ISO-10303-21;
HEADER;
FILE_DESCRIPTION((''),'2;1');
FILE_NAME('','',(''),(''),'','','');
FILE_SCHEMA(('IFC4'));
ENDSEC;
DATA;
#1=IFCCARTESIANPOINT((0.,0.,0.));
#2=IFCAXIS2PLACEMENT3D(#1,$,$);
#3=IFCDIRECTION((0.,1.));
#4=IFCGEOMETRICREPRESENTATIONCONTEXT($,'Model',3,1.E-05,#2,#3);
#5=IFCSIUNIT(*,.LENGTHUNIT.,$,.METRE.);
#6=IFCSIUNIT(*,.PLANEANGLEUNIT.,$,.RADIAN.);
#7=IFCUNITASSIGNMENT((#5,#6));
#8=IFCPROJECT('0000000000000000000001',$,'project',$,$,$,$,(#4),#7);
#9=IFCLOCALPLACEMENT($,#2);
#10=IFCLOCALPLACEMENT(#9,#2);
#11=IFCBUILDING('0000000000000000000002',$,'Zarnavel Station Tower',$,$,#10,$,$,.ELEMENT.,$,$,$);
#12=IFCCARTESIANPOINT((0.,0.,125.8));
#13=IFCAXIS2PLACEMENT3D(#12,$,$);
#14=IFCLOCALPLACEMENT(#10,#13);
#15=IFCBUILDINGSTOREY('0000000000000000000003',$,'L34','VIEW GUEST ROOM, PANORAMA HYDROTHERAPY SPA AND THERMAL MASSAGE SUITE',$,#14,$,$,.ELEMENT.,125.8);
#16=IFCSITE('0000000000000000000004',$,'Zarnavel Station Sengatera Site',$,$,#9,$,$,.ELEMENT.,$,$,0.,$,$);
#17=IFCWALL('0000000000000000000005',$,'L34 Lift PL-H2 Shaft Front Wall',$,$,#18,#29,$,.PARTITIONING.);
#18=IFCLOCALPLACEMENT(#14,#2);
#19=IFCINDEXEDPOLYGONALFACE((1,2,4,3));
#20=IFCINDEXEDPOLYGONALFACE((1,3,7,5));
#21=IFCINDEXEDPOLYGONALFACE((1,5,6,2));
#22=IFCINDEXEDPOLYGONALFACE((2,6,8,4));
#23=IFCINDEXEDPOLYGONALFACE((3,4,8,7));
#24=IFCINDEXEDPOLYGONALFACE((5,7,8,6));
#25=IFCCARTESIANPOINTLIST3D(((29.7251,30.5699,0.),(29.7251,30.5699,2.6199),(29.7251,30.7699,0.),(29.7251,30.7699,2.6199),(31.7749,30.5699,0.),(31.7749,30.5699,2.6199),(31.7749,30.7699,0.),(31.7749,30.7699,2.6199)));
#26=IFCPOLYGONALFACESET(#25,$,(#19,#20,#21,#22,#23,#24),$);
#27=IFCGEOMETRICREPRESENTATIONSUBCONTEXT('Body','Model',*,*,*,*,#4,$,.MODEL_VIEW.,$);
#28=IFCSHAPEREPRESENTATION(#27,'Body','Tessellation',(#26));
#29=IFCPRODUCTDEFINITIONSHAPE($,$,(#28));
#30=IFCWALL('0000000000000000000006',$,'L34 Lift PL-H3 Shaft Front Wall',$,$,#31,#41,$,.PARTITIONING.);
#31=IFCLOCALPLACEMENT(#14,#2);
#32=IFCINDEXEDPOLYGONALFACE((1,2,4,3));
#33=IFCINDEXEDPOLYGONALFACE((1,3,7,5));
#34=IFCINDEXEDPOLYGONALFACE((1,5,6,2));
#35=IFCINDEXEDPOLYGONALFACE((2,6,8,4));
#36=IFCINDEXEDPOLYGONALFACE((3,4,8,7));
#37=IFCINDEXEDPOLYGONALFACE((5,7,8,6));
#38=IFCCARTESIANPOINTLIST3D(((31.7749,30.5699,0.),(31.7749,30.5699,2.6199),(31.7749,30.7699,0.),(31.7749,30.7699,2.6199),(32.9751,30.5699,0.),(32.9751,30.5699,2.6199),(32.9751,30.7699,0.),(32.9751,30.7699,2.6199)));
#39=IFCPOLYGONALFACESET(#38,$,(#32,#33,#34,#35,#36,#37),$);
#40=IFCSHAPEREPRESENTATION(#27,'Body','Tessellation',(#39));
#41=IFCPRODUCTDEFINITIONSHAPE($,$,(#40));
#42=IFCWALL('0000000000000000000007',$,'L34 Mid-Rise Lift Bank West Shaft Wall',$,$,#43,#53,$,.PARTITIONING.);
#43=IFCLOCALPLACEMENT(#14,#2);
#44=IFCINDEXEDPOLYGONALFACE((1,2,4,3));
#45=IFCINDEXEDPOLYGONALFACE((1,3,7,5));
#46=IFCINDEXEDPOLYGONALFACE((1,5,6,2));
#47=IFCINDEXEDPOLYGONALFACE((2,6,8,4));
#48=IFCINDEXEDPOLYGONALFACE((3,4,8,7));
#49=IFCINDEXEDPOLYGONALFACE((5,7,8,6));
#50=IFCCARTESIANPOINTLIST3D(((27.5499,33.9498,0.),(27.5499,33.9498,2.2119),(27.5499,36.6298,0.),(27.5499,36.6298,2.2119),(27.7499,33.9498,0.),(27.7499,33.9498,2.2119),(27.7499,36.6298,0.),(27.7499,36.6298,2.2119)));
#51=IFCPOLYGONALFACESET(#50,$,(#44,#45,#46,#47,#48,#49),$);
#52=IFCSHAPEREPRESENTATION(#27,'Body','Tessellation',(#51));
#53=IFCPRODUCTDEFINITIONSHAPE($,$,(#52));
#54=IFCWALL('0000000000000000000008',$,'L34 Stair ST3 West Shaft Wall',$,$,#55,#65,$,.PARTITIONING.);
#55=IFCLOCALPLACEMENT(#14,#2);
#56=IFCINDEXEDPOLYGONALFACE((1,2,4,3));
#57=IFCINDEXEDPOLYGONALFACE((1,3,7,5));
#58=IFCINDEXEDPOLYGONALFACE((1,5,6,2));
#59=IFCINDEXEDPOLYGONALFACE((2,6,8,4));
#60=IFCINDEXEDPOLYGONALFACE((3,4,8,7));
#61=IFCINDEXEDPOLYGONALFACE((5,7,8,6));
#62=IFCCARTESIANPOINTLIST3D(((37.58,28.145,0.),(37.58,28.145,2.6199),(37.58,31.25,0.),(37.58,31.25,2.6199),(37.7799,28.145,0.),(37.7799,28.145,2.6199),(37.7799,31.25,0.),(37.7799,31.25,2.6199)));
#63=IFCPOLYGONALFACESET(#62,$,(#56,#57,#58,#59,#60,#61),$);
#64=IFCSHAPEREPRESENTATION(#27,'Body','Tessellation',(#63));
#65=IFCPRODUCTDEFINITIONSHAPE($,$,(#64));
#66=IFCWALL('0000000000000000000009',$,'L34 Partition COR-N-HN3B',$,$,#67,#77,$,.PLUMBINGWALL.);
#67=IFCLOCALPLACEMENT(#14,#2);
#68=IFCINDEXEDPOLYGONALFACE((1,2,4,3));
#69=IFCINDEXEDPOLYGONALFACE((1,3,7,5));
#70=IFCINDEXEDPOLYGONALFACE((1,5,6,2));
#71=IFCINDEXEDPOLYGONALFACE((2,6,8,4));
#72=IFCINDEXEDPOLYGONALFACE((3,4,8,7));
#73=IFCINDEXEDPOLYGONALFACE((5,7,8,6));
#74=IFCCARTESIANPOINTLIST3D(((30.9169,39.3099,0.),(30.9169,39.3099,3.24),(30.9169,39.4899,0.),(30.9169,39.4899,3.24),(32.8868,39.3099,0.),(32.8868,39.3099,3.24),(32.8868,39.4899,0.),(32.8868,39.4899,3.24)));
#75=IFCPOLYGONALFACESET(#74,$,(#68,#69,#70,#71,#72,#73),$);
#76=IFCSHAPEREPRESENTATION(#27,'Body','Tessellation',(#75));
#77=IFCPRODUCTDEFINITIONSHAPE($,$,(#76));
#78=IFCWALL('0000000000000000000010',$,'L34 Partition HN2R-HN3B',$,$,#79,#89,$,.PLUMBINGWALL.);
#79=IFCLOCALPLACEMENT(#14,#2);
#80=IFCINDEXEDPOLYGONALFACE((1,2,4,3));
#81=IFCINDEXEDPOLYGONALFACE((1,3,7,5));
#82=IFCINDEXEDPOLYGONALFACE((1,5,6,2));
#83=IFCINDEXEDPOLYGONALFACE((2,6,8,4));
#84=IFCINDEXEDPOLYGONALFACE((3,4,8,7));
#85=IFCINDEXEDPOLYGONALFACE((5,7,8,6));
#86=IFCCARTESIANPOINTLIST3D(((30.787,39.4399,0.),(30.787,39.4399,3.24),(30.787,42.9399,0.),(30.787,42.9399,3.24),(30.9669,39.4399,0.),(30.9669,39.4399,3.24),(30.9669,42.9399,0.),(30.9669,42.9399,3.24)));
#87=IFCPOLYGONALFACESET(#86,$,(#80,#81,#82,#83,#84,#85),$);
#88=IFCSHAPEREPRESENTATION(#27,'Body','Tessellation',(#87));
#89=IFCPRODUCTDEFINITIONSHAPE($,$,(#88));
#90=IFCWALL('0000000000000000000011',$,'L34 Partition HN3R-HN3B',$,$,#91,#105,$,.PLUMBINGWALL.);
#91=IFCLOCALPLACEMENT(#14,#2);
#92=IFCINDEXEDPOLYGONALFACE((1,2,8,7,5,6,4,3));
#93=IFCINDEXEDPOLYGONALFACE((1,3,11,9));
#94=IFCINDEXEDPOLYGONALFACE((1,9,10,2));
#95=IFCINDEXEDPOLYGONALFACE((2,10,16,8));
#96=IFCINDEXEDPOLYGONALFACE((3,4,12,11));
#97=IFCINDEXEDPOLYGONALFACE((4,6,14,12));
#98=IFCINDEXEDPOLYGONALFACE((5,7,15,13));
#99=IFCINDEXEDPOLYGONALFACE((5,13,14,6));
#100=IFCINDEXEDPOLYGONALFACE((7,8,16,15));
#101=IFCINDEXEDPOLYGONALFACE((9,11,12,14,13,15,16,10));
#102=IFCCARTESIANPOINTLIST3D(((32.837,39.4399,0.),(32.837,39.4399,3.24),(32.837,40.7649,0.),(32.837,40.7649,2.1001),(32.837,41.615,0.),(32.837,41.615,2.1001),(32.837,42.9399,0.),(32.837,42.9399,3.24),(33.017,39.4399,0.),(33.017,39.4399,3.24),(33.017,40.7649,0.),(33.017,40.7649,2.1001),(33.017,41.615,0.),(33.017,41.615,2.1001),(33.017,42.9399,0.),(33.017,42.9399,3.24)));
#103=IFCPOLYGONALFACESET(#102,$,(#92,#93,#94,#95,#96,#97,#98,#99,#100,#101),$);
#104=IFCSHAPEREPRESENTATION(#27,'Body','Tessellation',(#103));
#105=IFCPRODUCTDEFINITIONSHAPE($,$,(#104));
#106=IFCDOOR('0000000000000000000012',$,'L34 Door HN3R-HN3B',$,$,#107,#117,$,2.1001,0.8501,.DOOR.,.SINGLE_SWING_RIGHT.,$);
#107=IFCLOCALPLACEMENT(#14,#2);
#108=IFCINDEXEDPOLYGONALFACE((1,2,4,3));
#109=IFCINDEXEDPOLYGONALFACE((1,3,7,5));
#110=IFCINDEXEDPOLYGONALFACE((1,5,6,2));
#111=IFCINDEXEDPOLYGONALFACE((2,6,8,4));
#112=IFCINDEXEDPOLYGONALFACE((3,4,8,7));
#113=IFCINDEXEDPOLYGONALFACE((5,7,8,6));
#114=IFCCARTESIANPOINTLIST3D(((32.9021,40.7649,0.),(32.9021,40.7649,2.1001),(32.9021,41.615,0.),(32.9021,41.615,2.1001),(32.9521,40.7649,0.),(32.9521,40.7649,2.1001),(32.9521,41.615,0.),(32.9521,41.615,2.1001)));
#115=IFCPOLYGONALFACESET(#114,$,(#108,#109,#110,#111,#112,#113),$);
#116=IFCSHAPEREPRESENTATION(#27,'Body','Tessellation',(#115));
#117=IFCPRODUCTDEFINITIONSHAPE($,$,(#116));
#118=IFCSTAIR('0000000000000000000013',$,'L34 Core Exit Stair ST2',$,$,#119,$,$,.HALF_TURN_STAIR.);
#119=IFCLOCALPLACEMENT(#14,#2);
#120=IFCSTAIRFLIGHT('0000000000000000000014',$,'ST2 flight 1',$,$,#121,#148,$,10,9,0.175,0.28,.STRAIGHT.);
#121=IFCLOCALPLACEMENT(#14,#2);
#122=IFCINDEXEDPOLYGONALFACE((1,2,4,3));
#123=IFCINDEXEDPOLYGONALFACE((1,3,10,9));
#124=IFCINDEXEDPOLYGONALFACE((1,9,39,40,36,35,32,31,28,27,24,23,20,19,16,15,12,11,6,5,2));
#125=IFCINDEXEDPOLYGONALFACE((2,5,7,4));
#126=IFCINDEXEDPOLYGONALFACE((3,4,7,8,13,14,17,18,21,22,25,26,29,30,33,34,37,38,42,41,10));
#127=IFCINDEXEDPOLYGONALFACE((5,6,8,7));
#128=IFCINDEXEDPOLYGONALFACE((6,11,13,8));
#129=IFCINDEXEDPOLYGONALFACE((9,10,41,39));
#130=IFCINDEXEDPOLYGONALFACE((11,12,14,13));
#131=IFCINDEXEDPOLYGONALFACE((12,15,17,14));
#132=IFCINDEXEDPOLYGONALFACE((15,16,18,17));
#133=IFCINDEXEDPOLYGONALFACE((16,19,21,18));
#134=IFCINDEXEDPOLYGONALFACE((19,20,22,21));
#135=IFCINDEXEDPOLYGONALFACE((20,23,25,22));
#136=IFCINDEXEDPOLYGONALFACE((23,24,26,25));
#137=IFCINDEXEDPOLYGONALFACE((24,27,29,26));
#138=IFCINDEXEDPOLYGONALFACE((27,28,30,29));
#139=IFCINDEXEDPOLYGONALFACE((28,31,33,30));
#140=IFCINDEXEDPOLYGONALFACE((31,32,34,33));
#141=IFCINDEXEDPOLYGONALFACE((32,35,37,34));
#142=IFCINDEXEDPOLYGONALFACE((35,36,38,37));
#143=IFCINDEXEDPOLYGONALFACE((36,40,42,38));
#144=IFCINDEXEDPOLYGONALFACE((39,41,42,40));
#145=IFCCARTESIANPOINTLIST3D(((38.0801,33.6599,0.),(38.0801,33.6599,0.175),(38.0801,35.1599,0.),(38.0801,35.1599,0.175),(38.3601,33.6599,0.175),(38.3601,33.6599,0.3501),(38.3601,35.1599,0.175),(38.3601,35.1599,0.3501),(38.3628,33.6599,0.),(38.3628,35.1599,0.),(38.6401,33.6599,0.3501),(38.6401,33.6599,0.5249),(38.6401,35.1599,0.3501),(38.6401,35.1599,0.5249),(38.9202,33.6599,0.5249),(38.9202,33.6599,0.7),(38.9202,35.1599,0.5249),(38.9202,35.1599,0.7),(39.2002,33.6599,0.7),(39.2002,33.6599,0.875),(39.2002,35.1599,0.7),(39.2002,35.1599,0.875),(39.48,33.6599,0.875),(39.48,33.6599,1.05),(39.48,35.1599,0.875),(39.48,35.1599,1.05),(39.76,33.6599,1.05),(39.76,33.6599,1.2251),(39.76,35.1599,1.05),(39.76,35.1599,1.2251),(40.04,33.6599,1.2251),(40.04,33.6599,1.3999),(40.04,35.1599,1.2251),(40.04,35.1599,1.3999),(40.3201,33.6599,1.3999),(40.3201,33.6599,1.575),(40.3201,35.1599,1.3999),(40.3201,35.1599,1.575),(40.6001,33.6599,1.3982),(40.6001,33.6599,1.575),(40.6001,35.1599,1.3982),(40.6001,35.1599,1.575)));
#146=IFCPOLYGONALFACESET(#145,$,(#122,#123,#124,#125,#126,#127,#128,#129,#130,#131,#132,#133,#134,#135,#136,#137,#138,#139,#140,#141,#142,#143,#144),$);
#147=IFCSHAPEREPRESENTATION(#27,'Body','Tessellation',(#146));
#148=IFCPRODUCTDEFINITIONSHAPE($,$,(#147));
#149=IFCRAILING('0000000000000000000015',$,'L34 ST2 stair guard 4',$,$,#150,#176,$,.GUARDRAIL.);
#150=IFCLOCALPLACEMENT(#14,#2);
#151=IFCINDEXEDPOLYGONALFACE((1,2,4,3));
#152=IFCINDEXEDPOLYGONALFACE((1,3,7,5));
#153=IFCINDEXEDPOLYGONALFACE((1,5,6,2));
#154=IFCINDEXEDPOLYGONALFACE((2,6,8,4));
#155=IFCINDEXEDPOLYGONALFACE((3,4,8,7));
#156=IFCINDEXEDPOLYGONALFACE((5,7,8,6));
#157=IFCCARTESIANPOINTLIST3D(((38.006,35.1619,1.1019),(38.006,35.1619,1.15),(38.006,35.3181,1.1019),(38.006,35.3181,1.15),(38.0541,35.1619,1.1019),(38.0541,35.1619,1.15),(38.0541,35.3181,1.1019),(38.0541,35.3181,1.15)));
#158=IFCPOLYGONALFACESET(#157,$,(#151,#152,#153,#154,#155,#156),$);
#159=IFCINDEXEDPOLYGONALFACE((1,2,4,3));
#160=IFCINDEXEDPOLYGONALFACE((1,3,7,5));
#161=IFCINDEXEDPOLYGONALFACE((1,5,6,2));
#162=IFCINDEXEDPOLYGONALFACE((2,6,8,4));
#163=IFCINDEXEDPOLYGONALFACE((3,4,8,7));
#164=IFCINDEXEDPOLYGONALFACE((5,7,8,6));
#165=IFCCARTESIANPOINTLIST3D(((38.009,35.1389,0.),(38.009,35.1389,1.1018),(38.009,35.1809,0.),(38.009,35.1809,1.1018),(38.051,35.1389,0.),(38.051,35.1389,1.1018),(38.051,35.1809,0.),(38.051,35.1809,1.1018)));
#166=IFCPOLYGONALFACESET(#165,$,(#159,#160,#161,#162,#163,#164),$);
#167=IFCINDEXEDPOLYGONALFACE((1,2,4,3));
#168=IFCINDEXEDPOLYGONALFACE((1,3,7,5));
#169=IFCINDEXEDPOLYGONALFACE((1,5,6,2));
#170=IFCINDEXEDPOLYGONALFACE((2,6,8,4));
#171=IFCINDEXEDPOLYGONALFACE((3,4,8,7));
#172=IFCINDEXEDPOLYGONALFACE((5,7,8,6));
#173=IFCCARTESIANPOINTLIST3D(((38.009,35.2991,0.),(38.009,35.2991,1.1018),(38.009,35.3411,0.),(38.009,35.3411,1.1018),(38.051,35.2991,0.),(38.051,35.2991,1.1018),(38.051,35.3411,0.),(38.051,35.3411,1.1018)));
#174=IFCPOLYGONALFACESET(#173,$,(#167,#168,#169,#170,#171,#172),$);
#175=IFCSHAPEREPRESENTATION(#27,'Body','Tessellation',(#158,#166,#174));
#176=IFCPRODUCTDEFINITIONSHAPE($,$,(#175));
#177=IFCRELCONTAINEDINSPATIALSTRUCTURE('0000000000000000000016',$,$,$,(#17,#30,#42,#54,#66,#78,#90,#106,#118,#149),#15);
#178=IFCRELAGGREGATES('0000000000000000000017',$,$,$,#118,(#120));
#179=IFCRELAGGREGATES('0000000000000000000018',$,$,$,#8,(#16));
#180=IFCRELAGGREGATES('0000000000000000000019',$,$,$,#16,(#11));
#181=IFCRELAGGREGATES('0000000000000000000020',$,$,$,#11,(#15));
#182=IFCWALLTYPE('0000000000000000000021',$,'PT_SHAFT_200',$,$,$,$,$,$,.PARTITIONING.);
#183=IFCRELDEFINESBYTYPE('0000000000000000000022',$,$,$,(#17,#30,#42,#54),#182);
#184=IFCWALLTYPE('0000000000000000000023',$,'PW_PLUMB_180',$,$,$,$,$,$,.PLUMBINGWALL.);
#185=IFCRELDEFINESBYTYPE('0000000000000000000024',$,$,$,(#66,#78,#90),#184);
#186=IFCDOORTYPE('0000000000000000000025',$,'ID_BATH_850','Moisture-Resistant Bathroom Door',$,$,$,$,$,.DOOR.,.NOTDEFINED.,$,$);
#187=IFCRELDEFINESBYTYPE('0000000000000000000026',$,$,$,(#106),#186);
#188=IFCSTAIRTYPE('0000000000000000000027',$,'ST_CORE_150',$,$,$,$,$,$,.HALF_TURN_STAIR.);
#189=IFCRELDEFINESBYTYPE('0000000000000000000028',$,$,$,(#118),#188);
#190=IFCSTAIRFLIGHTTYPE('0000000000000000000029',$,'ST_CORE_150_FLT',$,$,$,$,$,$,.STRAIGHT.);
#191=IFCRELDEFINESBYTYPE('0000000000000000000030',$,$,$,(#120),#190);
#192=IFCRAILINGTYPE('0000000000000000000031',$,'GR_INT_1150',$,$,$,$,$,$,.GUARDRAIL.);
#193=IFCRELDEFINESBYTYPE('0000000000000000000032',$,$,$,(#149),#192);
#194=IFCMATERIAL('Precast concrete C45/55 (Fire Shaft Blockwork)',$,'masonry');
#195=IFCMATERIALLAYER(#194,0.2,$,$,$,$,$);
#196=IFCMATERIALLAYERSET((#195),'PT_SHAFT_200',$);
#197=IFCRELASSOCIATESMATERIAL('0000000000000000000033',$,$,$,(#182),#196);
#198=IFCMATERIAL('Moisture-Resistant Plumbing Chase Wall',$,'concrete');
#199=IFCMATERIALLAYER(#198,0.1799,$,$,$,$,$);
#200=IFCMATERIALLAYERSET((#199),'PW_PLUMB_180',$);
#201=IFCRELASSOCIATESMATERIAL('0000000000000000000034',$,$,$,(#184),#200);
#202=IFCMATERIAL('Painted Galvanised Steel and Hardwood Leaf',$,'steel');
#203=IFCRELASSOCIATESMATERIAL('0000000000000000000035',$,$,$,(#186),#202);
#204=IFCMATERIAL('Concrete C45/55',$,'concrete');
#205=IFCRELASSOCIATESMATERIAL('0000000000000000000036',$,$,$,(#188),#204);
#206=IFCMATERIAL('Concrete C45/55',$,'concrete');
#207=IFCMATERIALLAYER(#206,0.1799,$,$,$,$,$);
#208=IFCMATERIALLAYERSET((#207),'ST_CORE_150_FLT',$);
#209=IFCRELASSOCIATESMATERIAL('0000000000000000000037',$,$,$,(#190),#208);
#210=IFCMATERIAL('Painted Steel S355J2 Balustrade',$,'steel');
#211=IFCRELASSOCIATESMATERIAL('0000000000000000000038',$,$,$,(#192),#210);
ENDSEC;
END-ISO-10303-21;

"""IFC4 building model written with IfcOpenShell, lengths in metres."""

from ifc_helpers import new_model, si_unit, direction, frame, frame_2d, origin, origin_2d, place, context, subcontext, project, spatial, polyline, rectangle, outline, extrude, material, layer, layer_set, type_object, element, fill, aggregate, save


model = new_model("IFC4")

# Units and contexts
model_context = context("Model", 3, precision=1e-05, world=origin(), true_north=direction((0.0, 1.0)))
body_context = subcontext(model_context, "Body", "Model", "MODEL_VIEW")
ifc_project = project(units=[si_unit("LENGTHUNIT", "METRE"), si_unit("PLANEANGLEUNIT", "RADIAN")], contexts=[model_context])

# Site, building, storey
site_placement = place(None, origin())
site = spatial("IfcSite", under=ifc_project, at=site_placement, Name="Zarnavel Station Sengatera Site", CompositionType="ELEMENT", RefElevation=0.0)
building_placement = place(site_placement, origin())
building = spatial("IfcBuilding", under=site, at=building_placement, Name="Zarnavel Station Tower", CompositionType="ELEMENT")
storey_placement = place(building_placement, frame((0.0, 0.0, 125.8)))
storey = spatial("IfcBuildingStorey", under=building, at=storey_placement, Name="L34", Description="VIEW GUEST ROOM, PANORAMA HYDROTHERAPY SPA AND THERMAL MASSAGE SUITE", CompositionType="ELEMENT", Elevation=125.8)

# Shared definitions
ifc_material_1 = material(Name="Precast concrete C45/55 (Fire Shaft Blockwork)", Category="masonry")
ifc_layer_1 = layer(ifc_material_1, 0.2)
ifc_layer_set_1 = layer_set([ifc_layer_1], Name="PT_SHAFT_200")
wall_type_1 = type_object("IfcWallType", Name="PT_SHAFT_200", PredefinedType="PARTITIONING", material=ifc_layer_set_1)

# Walls
wall_1_placement = place(storey_placement, frame((29.7251, 30.6699, 0.0), z_axis=(0.0, 0.0, 1.0), x_axis=(1.0, 0.0, 0.0)))
element("IfcWall", 1, at=wall_1_placement, inside=storey, type_object=wall_type_1, Name="L34 Lift PL-H2 Shaft Front Wall", PredefinedType="PARTITIONING", context=body_context, shape_type="SweptSolid", body=[
    extrude(rectangle(XDim=2.0498, YDim=0.2, at=frame_2d((1.0249, 0.0))), origin(), (0.0, 0.0, 1.0), 2.6199),
])
wall_2_placement = place(storey_placement, frame((31.7749, 30.6699, 0.0), z_axis=(0.0, 0.0, 1.0), x_axis=(1.0, 0.0, 0.0)))
element("IfcWall", 2, at=wall_2_placement, inside=storey, type_object=wall_type_1, Name="L34 Lift PL-H3 Shaft Front Wall", PredefinedType="PARTITIONING", context=body_context, shape_type="SweptSolid", body=[
    extrude(rectangle(XDim=1.2002, YDim=0.2, at=frame_2d((0.6001, 0.0))), origin(), (0.0, 0.0, 1.0), 2.6199),
])

# Wall
wall_3_placement = place(storey_placement, frame((27.6499, 33.95, 0.0), z_axis=(0.0, 0.0, 1.0), x_axis=(0.0, 1.0, 0.0)))
element("IfcWall", 3, at=wall_3_placement, inside=storey, type_object=wall_type_1, Name="L34 Mid-Rise Lift Bank West Shaft Wall", PredefinedType="PARTITIONING", context=body_context, shape_type="SweptSolid", body=[
    extrude(rectangle(XDim=2.6799, YDim=0.2, at=frame_2d((1.3398, 0.0))), origin(), (0.0, 0.0, 1.0), 2.2119),
])

# Walls
wall_4_placement = place(storey_placement, frame((37.6799, 28.145, 0.0), z_axis=(0.0, 0.0, 1.0), x_axis=(0.0, 1.0, 0.0)))
element("IfcWall", 4, at=wall_4_placement, inside=storey, type_object=wall_type_1, Name="L34 Stair ST3 West Shaft Wall", PredefinedType="PARTITIONING", context=body_context, shape_type="SweptSolid", body=[
    extrude(rectangle(XDim=3.105, YDim=0.2, at=frame_2d((1.5525, 0.0))), origin(), (0.0, 0.0, 1.0), 2.6199),
])
ifc_material_2 = material(Name="Moisture-Resistant Plumbing Chase Wall", Category="concrete")
ifc_layer_2 = layer(ifc_material_2, 0.1799)
ifc_layer_set_2 = layer_set([ifc_layer_2], Name="PW_PLUMB_180")
wall_type_2 = type_object("IfcWallType", Name="PW_PLUMB_180", PredefinedType="PLUMBINGWALL", material=ifc_layer_set_2)
wall_5_placement = place(storey_placement, frame((30.917, 39.3999, 0.0), z_axis=(0.0, 0.0, 1.0), x_axis=(1.0, 0.0, 0.0)))
element("IfcWall", 5, at=wall_5_placement, inside=storey, type_object=wall_type_2, Name="L34 Partition COR-N-HN3B", PredefinedType="PLUMBINGWALL", context=body_context, shape_type="SweptSolid", body=[
    extrude(rectangle(XDim=1.97, YDim=0.1799, at=frame_2d((0.9849, 0.0))), origin(), (0.0, 0.0, 1.0), 3.24),
])
wall_6_placement = place(storey_placement, frame((30.877, 39.4399, 0.0), z_axis=(0.0, 0.0, 1.0), x_axis=(0.0, 1.0, 0.0)))
element("IfcWall", 6, at=wall_6_placement, inside=storey, type_object=wall_type_2, Name="L34 Partition HN2R-HN3B", PredefinedType="PLUMBINGWALL", context=body_context, shape_type="SweptSolid", body=[
    extrude(rectangle(XDim=3.5, YDim=0.1799, at=frame_2d((1.75, 0.0))), origin(), (0.0, 0.0, 1.0), 3.24),
])

# Wall, opening, door
wall_7_placement = place(storey_placement, frame((32.927, 39.4399, 0.0), z_axis=(0.0, 0.0, 1.0), x_axis=(0.0, 1.0, 0.0)))
wall_7 = element("IfcWall", 7, at=wall_7_placement, inside=storey, type_object=wall_type_2, Name="L34 Partition HN3R-HN3B", PredefinedType="PLUMBINGWALL", context=body_context, shape_type="SweptSolid", body=[
    extrude(rectangle(XDim=3.5, YDim=0.1799, at=frame_2d((1.75, 0.0))), origin(), (0.0, 0.0, 1.0), 3.24),
])
opening_1_placement = place(wall_7_placement, frame((1.325, 0.0, 0.0)))
opening_1 = element("IfcOpeningElement", 8, at=opening_1_placement, cuts=wall_7, PredefinedType="OPENING", context=body_context, shape_type="SweptSolid", body=[
    extrude(rectangle(XDim=0.8501, YDim=2.1001, at=frame_2d((0.425, 1.05))), frame((0.0, 0.0999, 0.0), z_axis=(0.0, -1.0, 0.0), x_axis=(1.0, 0.0, 0.0)), (0.0, 0.0, 1.0), 0.2),
])
ifc_material_3 = material(Name="Painted Galvanised Steel and Hardwood Leaf", Category="steel")
door_type_1 = type_object("IfcDoorType", Name="ID_BATH_850", Description="Moisture-Resistant Bathroom Door", OperationType="NOTDEFINED", PredefinedType="DOOR", material=ifc_material_3)
door_1_placement = place(opening_1_placement, origin())
door_1 = element("IfcDoor", 9, at=door_1_placement, inside=storey, type_object=door_type_1, Name="L34 Door HN3R-HN3B", OperationType="SINGLE_SWING_RIGHT", OverallHeight=2.1001, OverallWidth=0.8501, PredefinedType="DOOR", context=body_context, shape_type="SweptSolid", body=[
    extrude(rectangle(XDim=0.8501, YDim=2.1001, at=frame_2d((0.425, 1.05))), frame((0.0, 0.0249, 0.0), z_axis=(0.0, -1.0, 0.0), x_axis=(1.0, 0.0, 0.0)), (0.0, 0.0, 1.0), 0.05),
])
fill(opening_1, door_1)

# Stair, stair flight
ifc_material_4 = material(Name="Concrete C45/55", Category="concrete")
stair_type = type_object("IfcStairType", Name="ST_CORE_150", PredefinedType="HALF_TURN_STAIR", material=ifc_material_4)
stair_placement = place(storey_placement, origin())
stair = element("IfcStair", 10, at=stair_placement, inside=storey, type_object=stair_type, Name="L34 Core Exit Stair ST2", PredefinedType="HALF_TURN_STAIR")
ifc_material_5 = material(Name="Concrete C45/55", Category="concrete")
ifc_layer_3 = layer(ifc_material_5, 0.1799)
ifc_layer_set_3 = layer_set([ifc_layer_3], Name="ST_CORE_150_FLT")
stair_flight_type = type_object("IfcStairFlightType", Name="ST_CORE_150_FLT", PredefinedType="STRAIGHT", material=ifc_layer_set_3)
stair_flight_placement = place(storey_placement, frame((38.0801, 34.4099, 0.0), z_axis=(0.0, 0.0, 1.0), x_axis=(1.0, 0.0, 0.0)))
stair_flight = element("IfcStairFlight", 11, at=stair_flight_placement, type_object=stair_flight_type, Name="ST2 flight 1", NumberOfRisers=10, NumberOfTreads=9, PredefinedType="STRAIGHT", RiserHeight=0.175, TreadLength=0.28, context=body_context, shape_type="SweptSolid", body=[
    extrude(outline(polyline([(0.0, 0.0), (0.0, 0.175), (0.28, 0.175), (0.28, 0.3501), (0.5601, 0.3501), (0.5601, 0.5249), (0.8401, 0.5249), (0.8401, 0.7), (1.1201, 0.7), (1.1201, 0.875), (1.3999, 0.875), (1.3999, 1.05), (1.6799, 1.05), (1.6799, 1.2251), (1.96, 1.2251), (1.96, 1.3999), (2.24, 1.3999), (2.24, 1.575), (2.52, 1.575), (2.52, 1.75), (2.52, 1.3982), (0.2827, 0.0), (0.0, 0.0)])), frame((0.0, 0.75, 0.0), z_axis=(0.0, -1.0, 0.0), x_axis=(1.0, 0.0, 0.0)), (0.0, 0.0, 1.0), 1.5),
])
aggregate(stair, [stair_flight])

# Railing
ifc_material_6 = material(Name="Painted Steel S355J2 Balustrade", Category="steel")
railing_type = type_object("IfcRailingType", Name="GR_INT_1150", PredefinedType="GUARDRAIL", material=ifc_material_6)
railing_placement = place(storey_placement, frame((38.03, 35.1599, 0.0)))
element("IfcRailing", 12, at=railing_placement, inside=storey, type_object=railing_type, Name="L34 ST2 stair guard 4", PredefinedType="GUARDRAIL", context=body_context, shape_type="SweptSolid", body=[
    extrude(rectangle(XDim=0.0481, YDim=0.0481, at=origin_2d()), frame((0.0, 0.002, 1.126), z_axis=(0.0, 1.0, 0.0), x_axis=(-1.0, 0.0, 0.0)), (0.0, 0.0, 1.0), 0.1562),
    extrude(rectangle(XDim=0.042, YDim=0.042, at=origin_2d()), origin(), (0.0, 0.0, 1.0), 1.1018),
    extrude(rectangle(XDim=0.042, YDim=0.042, at=origin_2d()), frame((0.0, 0.1602, 0.0)), (0.0, 0.0, 1.0), 1.1018),
])

save(model, "model.ifc")
